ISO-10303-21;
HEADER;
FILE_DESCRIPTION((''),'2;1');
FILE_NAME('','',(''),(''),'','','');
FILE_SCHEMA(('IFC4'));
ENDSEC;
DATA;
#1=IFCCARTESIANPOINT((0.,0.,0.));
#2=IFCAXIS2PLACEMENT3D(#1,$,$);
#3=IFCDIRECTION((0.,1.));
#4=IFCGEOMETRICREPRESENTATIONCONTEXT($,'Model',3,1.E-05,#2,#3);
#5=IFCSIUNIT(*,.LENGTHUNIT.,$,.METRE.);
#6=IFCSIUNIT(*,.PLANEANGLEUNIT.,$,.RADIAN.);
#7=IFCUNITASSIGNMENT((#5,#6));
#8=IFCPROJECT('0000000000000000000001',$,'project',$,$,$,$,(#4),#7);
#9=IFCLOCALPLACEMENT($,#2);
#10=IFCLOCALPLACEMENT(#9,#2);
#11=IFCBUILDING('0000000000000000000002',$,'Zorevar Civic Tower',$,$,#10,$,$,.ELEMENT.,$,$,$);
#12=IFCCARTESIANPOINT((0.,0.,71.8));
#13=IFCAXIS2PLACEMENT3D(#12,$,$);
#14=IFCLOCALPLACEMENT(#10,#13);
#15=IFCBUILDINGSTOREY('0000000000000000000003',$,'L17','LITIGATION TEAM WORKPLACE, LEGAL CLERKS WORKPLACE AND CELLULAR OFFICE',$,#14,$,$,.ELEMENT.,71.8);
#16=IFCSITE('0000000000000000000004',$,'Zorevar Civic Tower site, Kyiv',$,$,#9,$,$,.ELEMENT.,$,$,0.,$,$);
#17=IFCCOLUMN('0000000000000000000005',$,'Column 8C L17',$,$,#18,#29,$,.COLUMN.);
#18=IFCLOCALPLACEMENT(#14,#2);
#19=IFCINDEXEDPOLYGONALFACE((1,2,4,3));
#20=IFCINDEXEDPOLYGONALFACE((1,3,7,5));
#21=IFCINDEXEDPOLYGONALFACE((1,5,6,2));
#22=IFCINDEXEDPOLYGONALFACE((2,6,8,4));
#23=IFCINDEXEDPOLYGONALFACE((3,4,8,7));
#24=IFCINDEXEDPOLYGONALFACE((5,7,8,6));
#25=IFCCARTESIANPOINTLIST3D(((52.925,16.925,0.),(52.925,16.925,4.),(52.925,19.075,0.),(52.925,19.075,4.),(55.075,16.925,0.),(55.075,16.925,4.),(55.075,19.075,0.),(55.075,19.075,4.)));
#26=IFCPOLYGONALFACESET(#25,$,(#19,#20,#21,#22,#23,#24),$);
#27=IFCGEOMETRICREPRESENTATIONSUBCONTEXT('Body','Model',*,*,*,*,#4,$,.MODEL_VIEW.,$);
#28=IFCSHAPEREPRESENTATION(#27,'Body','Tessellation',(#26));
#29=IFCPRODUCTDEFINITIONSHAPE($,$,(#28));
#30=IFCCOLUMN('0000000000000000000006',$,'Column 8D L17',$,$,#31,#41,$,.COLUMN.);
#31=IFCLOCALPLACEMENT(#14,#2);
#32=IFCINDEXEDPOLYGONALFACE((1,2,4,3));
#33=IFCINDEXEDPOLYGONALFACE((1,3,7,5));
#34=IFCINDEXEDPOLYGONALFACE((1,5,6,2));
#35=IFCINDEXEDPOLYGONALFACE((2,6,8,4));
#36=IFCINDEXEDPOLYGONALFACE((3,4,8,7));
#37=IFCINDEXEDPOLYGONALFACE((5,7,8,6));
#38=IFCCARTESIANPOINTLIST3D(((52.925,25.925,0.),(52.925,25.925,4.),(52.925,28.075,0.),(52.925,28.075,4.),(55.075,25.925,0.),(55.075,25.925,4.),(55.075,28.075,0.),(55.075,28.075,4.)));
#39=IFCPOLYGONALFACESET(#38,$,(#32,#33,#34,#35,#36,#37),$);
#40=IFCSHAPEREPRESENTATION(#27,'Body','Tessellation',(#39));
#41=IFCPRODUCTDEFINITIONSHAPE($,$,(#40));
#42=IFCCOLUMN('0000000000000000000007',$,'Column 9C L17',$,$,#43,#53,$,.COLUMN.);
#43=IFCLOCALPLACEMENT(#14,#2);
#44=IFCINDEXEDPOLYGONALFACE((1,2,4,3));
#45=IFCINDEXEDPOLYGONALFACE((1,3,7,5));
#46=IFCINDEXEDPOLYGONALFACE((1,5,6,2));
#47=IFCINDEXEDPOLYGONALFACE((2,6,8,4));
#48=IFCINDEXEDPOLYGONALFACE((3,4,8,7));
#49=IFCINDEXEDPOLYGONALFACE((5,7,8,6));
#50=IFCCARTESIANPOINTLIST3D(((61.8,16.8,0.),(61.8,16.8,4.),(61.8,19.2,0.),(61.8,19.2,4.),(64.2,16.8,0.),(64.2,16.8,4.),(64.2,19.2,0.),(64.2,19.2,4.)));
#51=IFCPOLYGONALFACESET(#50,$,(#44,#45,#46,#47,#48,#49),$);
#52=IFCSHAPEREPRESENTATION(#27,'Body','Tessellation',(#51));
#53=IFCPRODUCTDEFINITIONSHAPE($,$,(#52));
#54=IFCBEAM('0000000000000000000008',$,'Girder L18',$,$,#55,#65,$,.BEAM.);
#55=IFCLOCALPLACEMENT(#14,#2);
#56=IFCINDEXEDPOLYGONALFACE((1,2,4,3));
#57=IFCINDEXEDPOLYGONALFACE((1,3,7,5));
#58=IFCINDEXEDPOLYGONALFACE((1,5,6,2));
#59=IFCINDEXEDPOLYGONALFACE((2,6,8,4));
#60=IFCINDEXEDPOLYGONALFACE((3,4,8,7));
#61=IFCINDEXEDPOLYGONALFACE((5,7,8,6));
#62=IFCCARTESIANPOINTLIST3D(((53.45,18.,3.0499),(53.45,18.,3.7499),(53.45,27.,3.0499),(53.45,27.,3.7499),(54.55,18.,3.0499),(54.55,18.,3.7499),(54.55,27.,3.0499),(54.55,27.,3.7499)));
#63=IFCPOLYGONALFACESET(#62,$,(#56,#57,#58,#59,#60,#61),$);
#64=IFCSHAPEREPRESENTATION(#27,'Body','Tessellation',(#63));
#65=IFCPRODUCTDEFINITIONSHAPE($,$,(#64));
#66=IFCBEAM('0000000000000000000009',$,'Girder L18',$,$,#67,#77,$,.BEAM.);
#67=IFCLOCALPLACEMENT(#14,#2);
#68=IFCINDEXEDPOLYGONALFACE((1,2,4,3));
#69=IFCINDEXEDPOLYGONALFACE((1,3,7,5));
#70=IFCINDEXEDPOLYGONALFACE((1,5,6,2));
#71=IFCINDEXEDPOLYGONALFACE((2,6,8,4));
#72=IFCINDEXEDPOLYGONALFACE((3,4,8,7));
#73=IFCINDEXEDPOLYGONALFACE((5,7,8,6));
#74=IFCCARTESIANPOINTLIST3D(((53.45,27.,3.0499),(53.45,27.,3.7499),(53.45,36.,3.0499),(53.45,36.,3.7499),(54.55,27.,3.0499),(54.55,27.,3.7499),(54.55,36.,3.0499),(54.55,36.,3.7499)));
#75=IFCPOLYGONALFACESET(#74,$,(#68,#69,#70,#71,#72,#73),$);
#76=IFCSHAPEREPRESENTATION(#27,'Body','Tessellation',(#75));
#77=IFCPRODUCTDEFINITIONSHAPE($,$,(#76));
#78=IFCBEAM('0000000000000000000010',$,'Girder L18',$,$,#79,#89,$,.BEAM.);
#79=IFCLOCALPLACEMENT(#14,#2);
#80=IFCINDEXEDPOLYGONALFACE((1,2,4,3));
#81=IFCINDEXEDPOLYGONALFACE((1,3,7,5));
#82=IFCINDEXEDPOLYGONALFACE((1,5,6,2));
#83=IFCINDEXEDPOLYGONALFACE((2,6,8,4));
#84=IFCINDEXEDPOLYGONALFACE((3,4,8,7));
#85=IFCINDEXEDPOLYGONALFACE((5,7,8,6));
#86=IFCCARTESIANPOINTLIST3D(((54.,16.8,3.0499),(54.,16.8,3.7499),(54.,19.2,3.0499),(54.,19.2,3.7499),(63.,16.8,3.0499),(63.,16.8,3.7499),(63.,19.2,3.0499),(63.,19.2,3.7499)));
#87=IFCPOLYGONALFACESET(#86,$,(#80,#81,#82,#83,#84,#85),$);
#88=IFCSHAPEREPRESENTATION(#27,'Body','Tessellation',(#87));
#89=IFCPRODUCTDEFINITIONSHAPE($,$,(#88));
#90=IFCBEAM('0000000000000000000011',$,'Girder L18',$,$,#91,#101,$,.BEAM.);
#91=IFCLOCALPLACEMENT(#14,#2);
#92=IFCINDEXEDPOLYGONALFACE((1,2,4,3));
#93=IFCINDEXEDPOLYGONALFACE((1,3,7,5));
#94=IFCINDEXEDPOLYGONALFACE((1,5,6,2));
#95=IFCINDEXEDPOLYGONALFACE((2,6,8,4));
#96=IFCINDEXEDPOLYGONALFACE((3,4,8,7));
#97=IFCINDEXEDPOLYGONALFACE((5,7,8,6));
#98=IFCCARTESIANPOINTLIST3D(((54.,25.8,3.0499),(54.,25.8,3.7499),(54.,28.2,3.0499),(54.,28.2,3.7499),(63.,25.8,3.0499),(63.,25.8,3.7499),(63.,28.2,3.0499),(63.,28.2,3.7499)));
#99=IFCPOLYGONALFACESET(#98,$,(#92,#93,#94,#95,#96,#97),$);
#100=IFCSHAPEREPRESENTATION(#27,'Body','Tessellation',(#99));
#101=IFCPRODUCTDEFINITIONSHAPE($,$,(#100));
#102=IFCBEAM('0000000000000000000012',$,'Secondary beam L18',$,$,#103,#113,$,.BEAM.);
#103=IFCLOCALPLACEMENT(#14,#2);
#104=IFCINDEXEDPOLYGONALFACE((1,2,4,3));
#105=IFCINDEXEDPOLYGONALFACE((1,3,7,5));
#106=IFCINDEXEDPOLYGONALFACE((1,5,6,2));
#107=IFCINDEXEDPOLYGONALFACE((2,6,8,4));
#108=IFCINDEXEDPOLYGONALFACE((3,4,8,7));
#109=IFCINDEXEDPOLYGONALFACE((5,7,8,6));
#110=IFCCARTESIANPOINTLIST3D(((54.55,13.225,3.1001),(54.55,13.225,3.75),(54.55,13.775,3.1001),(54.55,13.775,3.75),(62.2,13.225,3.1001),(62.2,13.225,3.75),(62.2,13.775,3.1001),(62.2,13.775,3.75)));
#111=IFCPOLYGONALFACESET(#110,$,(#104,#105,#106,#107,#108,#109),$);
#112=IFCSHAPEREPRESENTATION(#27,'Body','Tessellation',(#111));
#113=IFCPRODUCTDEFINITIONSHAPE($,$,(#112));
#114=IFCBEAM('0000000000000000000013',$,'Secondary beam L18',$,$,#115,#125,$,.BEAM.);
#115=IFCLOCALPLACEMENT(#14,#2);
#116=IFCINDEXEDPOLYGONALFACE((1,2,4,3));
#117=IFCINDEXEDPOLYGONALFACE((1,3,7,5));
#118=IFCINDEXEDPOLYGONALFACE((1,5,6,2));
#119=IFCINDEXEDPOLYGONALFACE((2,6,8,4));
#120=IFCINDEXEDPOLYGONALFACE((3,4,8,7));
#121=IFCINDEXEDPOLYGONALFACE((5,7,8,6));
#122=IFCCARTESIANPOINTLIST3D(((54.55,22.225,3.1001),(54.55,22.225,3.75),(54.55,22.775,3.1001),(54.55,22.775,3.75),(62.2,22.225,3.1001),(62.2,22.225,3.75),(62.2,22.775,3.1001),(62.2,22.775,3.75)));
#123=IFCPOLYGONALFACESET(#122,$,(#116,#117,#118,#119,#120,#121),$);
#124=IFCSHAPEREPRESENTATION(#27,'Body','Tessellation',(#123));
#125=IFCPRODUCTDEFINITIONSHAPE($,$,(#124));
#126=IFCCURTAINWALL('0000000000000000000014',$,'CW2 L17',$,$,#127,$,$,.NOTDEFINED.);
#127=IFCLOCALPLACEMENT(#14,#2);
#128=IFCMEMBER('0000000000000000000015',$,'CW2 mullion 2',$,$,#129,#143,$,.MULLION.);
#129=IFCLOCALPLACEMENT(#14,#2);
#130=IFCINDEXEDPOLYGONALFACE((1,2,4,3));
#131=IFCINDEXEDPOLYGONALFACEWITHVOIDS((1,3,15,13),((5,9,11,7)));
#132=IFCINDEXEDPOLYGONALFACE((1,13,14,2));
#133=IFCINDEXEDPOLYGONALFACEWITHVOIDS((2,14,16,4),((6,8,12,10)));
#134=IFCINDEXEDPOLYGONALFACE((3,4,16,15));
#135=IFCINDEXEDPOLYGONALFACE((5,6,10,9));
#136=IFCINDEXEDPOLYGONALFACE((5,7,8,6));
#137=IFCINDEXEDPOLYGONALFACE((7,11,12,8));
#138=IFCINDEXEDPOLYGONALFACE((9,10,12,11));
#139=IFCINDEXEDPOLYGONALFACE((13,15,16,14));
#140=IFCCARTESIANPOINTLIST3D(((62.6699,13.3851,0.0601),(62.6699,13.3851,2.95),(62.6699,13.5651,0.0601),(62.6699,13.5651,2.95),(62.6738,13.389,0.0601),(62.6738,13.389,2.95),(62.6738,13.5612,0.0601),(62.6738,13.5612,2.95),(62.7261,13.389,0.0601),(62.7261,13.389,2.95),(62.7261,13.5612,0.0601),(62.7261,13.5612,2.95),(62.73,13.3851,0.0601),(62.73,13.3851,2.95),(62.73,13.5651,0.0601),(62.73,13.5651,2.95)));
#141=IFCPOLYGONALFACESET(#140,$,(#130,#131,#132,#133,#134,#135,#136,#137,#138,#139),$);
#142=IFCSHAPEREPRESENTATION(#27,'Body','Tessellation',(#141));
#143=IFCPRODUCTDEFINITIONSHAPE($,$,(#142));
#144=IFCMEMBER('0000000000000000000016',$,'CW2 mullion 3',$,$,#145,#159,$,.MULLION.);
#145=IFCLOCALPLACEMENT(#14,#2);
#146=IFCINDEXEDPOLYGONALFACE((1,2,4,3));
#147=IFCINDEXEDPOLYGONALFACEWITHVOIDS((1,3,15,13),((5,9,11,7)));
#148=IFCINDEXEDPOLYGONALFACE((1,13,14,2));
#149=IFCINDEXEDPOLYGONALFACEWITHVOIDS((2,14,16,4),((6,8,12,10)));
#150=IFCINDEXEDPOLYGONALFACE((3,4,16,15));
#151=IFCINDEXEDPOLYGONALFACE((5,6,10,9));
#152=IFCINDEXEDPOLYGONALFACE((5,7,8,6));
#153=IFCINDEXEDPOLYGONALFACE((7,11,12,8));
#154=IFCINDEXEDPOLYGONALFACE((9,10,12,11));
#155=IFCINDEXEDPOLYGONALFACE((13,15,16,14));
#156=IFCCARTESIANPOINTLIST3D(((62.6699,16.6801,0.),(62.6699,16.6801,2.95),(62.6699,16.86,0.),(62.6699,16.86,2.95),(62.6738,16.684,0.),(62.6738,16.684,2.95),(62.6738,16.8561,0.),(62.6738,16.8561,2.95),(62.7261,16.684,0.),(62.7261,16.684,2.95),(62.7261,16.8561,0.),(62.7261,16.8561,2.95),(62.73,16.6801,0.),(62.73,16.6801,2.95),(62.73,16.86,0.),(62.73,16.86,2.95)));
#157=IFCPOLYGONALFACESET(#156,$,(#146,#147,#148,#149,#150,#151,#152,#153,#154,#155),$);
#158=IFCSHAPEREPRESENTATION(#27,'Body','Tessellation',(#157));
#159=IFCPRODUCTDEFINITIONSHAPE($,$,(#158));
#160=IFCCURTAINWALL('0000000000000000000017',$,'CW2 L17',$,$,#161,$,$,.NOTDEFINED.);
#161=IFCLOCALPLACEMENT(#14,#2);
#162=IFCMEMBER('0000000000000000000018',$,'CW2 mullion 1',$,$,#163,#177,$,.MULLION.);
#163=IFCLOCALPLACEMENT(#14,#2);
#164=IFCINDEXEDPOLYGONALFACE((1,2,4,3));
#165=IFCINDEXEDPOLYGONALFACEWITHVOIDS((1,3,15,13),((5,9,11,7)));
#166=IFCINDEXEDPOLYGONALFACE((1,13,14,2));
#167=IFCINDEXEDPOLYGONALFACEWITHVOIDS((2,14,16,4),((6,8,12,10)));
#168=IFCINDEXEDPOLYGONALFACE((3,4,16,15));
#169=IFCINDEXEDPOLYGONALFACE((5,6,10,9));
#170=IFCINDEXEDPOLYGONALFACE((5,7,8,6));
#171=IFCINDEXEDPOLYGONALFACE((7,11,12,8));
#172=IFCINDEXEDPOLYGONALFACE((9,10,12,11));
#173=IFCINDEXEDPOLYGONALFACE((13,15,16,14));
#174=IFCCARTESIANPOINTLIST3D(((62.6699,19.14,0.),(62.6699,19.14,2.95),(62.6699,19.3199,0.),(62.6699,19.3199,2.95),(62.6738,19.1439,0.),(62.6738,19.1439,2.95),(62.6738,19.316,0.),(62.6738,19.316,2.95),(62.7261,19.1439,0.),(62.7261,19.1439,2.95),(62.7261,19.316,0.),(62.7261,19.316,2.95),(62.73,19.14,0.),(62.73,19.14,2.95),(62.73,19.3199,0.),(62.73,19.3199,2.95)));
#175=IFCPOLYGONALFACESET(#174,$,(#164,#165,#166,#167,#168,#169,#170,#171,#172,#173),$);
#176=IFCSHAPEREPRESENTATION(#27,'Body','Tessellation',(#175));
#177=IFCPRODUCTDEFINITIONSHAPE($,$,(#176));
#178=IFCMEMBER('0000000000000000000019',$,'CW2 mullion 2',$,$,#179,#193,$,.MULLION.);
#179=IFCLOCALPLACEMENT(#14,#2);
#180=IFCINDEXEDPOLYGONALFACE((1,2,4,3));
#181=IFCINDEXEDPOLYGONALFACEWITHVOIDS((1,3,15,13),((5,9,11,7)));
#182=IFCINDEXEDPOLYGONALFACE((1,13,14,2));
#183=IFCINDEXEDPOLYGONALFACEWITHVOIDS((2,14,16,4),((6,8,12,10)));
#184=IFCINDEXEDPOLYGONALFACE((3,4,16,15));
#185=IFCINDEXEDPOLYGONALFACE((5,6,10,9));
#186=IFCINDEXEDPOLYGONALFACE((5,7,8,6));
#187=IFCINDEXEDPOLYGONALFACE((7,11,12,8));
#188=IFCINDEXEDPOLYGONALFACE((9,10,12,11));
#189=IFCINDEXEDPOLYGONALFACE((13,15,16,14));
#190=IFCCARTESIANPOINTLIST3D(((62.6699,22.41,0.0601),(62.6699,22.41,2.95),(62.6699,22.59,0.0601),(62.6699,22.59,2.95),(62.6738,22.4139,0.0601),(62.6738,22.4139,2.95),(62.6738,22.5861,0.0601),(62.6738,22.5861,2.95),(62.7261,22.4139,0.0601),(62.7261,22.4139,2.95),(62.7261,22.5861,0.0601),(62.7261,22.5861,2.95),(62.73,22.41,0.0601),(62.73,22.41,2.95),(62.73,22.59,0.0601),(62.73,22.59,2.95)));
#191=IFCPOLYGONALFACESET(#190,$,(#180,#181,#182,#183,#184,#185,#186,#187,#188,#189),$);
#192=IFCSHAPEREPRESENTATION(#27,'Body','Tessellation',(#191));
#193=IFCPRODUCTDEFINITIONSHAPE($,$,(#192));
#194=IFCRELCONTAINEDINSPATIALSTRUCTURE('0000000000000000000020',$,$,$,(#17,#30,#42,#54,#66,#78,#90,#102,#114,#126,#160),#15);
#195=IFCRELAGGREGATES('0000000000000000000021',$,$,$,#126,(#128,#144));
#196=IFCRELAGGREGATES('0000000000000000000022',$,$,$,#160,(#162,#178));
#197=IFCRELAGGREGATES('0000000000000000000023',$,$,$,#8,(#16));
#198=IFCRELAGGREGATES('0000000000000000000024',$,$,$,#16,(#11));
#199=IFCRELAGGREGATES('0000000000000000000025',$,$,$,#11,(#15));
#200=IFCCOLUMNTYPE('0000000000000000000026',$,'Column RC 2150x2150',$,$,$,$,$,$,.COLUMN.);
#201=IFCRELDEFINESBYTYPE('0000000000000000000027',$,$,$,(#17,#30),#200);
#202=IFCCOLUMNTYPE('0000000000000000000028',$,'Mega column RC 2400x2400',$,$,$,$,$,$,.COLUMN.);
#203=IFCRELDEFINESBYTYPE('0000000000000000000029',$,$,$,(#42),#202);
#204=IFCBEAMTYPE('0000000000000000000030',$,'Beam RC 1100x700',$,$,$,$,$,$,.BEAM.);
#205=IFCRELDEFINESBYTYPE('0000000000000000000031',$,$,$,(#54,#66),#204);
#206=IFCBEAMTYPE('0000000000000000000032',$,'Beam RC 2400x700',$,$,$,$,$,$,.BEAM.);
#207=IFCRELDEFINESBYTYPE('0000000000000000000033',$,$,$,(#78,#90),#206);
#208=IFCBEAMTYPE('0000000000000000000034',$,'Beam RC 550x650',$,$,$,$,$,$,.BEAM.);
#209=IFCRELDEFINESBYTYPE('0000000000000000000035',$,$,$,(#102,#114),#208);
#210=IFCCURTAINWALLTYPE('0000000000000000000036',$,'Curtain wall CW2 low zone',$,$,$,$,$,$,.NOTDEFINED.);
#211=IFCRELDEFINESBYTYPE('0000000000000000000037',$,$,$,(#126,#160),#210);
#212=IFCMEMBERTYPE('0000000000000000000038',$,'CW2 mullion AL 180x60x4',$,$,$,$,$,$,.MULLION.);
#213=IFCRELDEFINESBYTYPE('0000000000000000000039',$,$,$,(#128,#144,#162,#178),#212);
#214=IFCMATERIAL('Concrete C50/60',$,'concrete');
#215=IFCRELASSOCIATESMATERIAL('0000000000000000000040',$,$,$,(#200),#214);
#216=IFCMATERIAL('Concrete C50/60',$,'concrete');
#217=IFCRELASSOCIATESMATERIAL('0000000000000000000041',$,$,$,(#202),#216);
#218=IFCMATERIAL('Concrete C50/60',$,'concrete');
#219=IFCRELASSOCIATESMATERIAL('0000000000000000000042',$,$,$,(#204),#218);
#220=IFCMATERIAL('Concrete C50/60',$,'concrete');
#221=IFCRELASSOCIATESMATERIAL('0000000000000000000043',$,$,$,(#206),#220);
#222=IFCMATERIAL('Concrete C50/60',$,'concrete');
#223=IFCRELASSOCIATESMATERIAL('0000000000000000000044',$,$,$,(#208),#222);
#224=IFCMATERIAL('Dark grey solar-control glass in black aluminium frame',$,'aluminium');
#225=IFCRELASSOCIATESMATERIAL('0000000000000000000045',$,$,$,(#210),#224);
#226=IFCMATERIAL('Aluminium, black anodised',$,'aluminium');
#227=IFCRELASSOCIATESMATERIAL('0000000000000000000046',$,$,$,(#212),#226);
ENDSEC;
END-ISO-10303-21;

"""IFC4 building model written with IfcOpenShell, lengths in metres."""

from ifc_helpers import new_model, si_unit, direction, frame, origin, origin_2d, place, context, subcontext, project, spatial, rectangle, hollow_rectangle, extrude, material, material_profile, profile_set, type_object, element, aggregate, save


model = new_model("IFC4")

# Units and contexts
model_context = context("Model", 3, precision=1e-05, world=origin(), true_north=direction((0.0, 1.0)))
body_context = subcontext(model_context, "Body", "Model", "MODEL_VIEW")
ifc_project = project(units=[si_unit("LENGTHUNIT", "METRE"), si_unit("PLANEANGLEUNIT", "RADIAN")], contexts=[model_context])

# Site, building, storey
site_placement = place(None, origin())
site = spatial("IfcSite", under=ifc_project, at=site_placement, Name="Zorevar Civic Tower site, Kyiv", CompositionType="ELEMENT", RefElevation=0.0)
building_placement = place(site_placement, origin())
building = spatial("IfcBuilding", under=site, at=building_placement, Name="Zorevar Civic Tower", CompositionType="ELEMENT")
storey_placement = place(building_placement, frame((0.0, 0.0, 71.8)))
storey = spatial("IfcBuildingStorey", under=building, at=storey_placement, Name="L17", Description="LITIGATION TEAM WORKPLACE, LEGAL CLERKS WORKPLACE AND CELLULAR OFFICE", CompositionType="ELEMENT", Elevation=71.8)

# Columns
ifc_material_1 = material(Name="Concrete C50/60", Category="concrete")
ifc_material_profile_1 = material_profile(ifc_material_1, rectangle(XDim=2.1499, YDim=2.1499, at=origin_2d()), Name="RC 2150x2150")
ifc_profile_set_1 = profile_set([ifc_material_profile_1], Name="Concrete C50/60")
column_type_1 = type_object("IfcColumnType", Name="Column RC 2150x2150", PredefinedType="COLUMN", material=ifc_profile_set_1)
for number, where, z_axis, x_axis, name in (
    (1, (54.0, 18.0, 0.0), (0.0, 0.0, 1.0), (1.0, 0.0, 0.0), "Column 8C L17"),
    (2, (54.0, 27.0, 0.0), (0.0, 0.0, 1.0), (1.0, 0.0, 0.0), "Column 8D L17"),
):
    element("IfcColumn", number, at=place(storey_placement, frame(where, z_axis=z_axis, x_axis=x_axis)), inside=storey, type_object=column_type_1, Name=name, PredefinedType="COLUMN", context=body_context, shape_type="SweptSolid", body=[
        extrude(rectangle(XDim=2.1499, YDim=2.1499, at=origin_2d()), origin(), (0.0, 0.0, 1.0), 4.0),
    ])
ifc_material_2 = material(Name="Concrete C50/60", Category="concrete")
ifc_material_profile_2 = material_profile(ifc_material_2, rectangle(XDim=2.3999, YDim=2.3999, at=origin_2d()), Name="RC 2400x2400")
ifc_profile_set_2 = profile_set([ifc_material_profile_2], Name="Concrete C50/60")
column_type_2 = type_object("IfcColumnType", Name="Mega column RC 2400x2400", PredefinedType="COLUMN", material=ifc_profile_set_2)
column_placement = place(storey_placement, frame((63.0, 18.0, 0.0), z_axis=(0.0, 0.0, 1.0), x_axis=(1.0, 0.0, 0.0)))
element("IfcColumn", 3, at=column_placement, inside=storey, type_object=column_type_2, Name="Column 9C L17", PredefinedType="COLUMN", context=body_context, shape_type="SweptSolid", body=[
    extrude(rectangle(XDim=2.3999, YDim=2.3999, at=origin_2d()), origin(), (0.0, 0.0, 1.0), 4.0),
])

# Beams
ifc_material_3 = material(Name="Concrete C50/60", Category="concrete")
ifc_material_profile_3 = material_profile(ifc_material_3, rectangle(XDim=1.1001, YDim=0.7, at=origin_2d()), Name="RC 1100x700")
ifc_profile_set_3 = profile_set([ifc_material_profile_3], Name="Concrete C50/60")
beam_type_1 = type_object("IfcBeamType", Name="Beam RC 1100x700", PredefinedType="BEAM", material=ifc_profile_set_3)
for number, where, z_axis, x_axis, name in (
    (4, (54.0, 18.0, 3.3999), (0.0, 1.0, 0.0), (-1.0, 0.0, 0.0), "Girder L18"),
    (5, (54.0, 27.0, 3.3999), (0.0, 1.0, 0.0), (-1.0, 0.0, 0.0), "Girder L18"),
):
    element("IfcBeam", number, at=place(storey_placement, frame(where, z_axis=z_axis, x_axis=x_axis)), inside=storey, type_object=beam_type_1, Name=name, PredefinedType="BEAM", context=body_context, shape_type="SweptSolid", body=[
        extrude(rectangle(XDim=1.1001, YDim=0.7, at=origin_2d()), origin(), (0.0, 0.0, 1.0), 9.0),
    ])
ifc_material_4 = material(Name="Concrete C50/60", Category="concrete")
ifc_material_profile_4 = material_profile(ifc_material_4, rectangle(XDim=2.3999, YDim=0.7, at=origin_2d()), Name="RC 2400x700")
ifc_profile_set_4 = profile_set([ifc_material_profile_4], Name="Concrete C50/60")
beam_type_2 = type_object("IfcBeamType", Name="Beam RC 2400x700", PredefinedType="BEAM", material=ifc_profile_set_4)
for number, where, z_axis, x_axis, name in (
    (6, (54.0, 18.0, 3.3999), (1.0, 0.0, 0.0), (0.0, 1.0, 0.0), "Girder L18"),
    (7, (54.0, 27.0, 3.3999), (1.0, 0.0, 0.0), (0.0, 1.0, 0.0), "Girder L18"),
):
    element("IfcBeam", number, at=place(storey_placement, frame(where, z_axis=z_axis, x_axis=x_axis)), inside=storey, type_object=beam_type_2, Name=name, PredefinedType="BEAM", context=body_context, shape_type="SweptSolid", body=[
        extrude(rectangle(XDim=2.3999, YDim=0.7, at=origin_2d()), origin(), (0.0, 0.0, 1.0), 9.0),
    ])
ifc_material_5 = material(Name="Concrete C50/60", Category="concrete")
ifc_material_profile_5 = material_profile(ifc_material_5, rectangle(XDim=0.55, YDim=0.6499, at=origin_2d()), Name="RC 550x650")
ifc_profile_set_5 = profile_set([ifc_material_profile_5], Name="Concrete C50/60")
beam_type_3 = type_object("IfcBeamType", Name="Beam RC 550x650", PredefinedType="BEAM", material=ifc_profile_set_5)
for number, where, z_axis, x_axis, name in (
    (8, (54.55, 13.5, 3.425), (1.0, 0.0, 0.0), (0.0, 1.0, 0.0), "Secondary beam L18"),
    (9, (54.55, 22.5, 3.425), (1.0, 0.0, 0.0), (0.0, 1.0, 0.0), "Secondary beam L18"),
):
    element("IfcBeam", number, at=place(storey_placement, frame(where, z_axis=z_axis, x_axis=x_axis)), inside=storey, type_object=beam_type_3, Name=name, PredefinedType="BEAM", context=body_context, shape_type="SweptSolid", body=[
        extrude(rectangle(XDim=0.55, YDim=0.6499, at=origin_2d()), origin(), (0.0, 0.0, 1.0), 7.6499),
    ])

# Curtain walls, members
ifc_material_6 = material(Name="Dark grey solar-control glass in black aluminium frame", Category="aluminium")
curtain_wall_type = type_object("IfcCurtainWallType", Name="Curtain wall CW2 low zone", PredefinedType="NOTDEFINED", material=ifc_material_6)
curtain_wall_1_placement = place(storey_placement, origin())
curtain_wall_1 = element("IfcCurtainWall", 10, at=curtain_wall_1_placement, inside=storey, type_object=curtain_wall_type, Name="CW2 L17", PredefinedType="NOTDEFINED")
ifc_material_7 = material(Name="Aluminium, black anodised", Category="aluminium")
ifc_material_profile_6 = material_profile(ifc_material_7, hollow_rectangle(XDim=0.0601, YDim=0.1799, WallThickness=0.0039, at=origin_2d()), Name="AL 180x60x4")
ifc_profile_set_6 = profile_set([ifc_material_profile_6], Name="Aluminium, black anodised")
member_type_1 = type_object("IfcMemberType", Name="CW2 mullion AL 180x60x4", PredefinedType="MULLION", material=ifc_profile_set_6)
member_1_placement = place(storey_placement, frame((62.7, 13.4751, 0.0601), z_axis=(0.0, 0.0, 1.0), x_axis=(-1.0, 0.0, 0.0)))
member_1 = element("IfcMember", 11, at=member_1_placement, type_object=member_type_1, Name="CW2 mullion 2", PredefinedType="MULLION", context=body_context, shape_type="SweptSolid", body=[
    extrude(hollow_rectangle(XDim=0.0601, YDim=0.1799, WallThickness=0.0039, at=origin_2d()), origin(), (0.0, 0.0, 1.0), 2.8899),
])
member_2_placement = place(storey_placement, frame((62.7, 16.77, 0.0), z_axis=(0.0, 0.0, 1.0), x_axis=(-1.0, 0.0, 0.0)))
member_2 = element("IfcMember", 12, at=member_2_placement, type_object=member_type_1, Name="CW2 mullion 3", PredefinedType="MULLION", context=body_context, shape_type="SweptSolid", body=[
    extrude(hollow_rectangle(XDim=0.0601, YDim=0.1799, WallThickness=0.0039, at=origin_2d()), origin(), (0.0, 0.0, 1.0), 2.95),
])
curtain_wall_2_placement = place(storey_placement, origin())
curtain_wall_2 = element("IfcCurtainWall", 13, at=curtain_wall_2_placement, inside=storey, type_object=curtain_wall_type, Name="CW2 L17", PredefinedType="NOTDEFINED")
member_3_placement = place(storey_placement, frame((62.7, 19.23, 0.0), z_axis=(0.0, 0.0, 1.0), x_axis=(-1.0, 0.0, 0.0)))
member_3 = element("IfcMember", 14, at=member_3_placement, type_object=member_type_1, Name="CW2 mullion 1", PredefinedType="MULLION", context=body_context, shape_type="SweptSolid", body=[
    extrude(hollow_rectangle(XDim=0.0601, YDim=0.1799, WallThickness=0.0039, at=origin_2d()), origin(), (0.0, 0.0, 1.0), 2.95),
])
member_4_placement = place(storey_placement, frame((62.7, 22.5, 0.0601), z_axis=(0.0, 0.0, 1.0), x_axis=(-1.0, 0.0, 0.0)))
member_4 = element("IfcMember", 15, at=member_4_placement, type_object=member_type_1, Name="CW2 mullion 2", PredefinedType="MULLION", context=body_context, shape_type="SweptSolid", body=[
    extrude(hollow_rectangle(XDim=0.0601, YDim=0.1799, WallThickness=0.0039, at=origin_2d()), origin(), (0.0, 0.0, 1.0), 2.8899),
])

aggregate(curtain_wall_1, [member_1, member_2])
aggregate(curtain_wall_2, [member_3, member_4])

save(model, "model.ifc")
